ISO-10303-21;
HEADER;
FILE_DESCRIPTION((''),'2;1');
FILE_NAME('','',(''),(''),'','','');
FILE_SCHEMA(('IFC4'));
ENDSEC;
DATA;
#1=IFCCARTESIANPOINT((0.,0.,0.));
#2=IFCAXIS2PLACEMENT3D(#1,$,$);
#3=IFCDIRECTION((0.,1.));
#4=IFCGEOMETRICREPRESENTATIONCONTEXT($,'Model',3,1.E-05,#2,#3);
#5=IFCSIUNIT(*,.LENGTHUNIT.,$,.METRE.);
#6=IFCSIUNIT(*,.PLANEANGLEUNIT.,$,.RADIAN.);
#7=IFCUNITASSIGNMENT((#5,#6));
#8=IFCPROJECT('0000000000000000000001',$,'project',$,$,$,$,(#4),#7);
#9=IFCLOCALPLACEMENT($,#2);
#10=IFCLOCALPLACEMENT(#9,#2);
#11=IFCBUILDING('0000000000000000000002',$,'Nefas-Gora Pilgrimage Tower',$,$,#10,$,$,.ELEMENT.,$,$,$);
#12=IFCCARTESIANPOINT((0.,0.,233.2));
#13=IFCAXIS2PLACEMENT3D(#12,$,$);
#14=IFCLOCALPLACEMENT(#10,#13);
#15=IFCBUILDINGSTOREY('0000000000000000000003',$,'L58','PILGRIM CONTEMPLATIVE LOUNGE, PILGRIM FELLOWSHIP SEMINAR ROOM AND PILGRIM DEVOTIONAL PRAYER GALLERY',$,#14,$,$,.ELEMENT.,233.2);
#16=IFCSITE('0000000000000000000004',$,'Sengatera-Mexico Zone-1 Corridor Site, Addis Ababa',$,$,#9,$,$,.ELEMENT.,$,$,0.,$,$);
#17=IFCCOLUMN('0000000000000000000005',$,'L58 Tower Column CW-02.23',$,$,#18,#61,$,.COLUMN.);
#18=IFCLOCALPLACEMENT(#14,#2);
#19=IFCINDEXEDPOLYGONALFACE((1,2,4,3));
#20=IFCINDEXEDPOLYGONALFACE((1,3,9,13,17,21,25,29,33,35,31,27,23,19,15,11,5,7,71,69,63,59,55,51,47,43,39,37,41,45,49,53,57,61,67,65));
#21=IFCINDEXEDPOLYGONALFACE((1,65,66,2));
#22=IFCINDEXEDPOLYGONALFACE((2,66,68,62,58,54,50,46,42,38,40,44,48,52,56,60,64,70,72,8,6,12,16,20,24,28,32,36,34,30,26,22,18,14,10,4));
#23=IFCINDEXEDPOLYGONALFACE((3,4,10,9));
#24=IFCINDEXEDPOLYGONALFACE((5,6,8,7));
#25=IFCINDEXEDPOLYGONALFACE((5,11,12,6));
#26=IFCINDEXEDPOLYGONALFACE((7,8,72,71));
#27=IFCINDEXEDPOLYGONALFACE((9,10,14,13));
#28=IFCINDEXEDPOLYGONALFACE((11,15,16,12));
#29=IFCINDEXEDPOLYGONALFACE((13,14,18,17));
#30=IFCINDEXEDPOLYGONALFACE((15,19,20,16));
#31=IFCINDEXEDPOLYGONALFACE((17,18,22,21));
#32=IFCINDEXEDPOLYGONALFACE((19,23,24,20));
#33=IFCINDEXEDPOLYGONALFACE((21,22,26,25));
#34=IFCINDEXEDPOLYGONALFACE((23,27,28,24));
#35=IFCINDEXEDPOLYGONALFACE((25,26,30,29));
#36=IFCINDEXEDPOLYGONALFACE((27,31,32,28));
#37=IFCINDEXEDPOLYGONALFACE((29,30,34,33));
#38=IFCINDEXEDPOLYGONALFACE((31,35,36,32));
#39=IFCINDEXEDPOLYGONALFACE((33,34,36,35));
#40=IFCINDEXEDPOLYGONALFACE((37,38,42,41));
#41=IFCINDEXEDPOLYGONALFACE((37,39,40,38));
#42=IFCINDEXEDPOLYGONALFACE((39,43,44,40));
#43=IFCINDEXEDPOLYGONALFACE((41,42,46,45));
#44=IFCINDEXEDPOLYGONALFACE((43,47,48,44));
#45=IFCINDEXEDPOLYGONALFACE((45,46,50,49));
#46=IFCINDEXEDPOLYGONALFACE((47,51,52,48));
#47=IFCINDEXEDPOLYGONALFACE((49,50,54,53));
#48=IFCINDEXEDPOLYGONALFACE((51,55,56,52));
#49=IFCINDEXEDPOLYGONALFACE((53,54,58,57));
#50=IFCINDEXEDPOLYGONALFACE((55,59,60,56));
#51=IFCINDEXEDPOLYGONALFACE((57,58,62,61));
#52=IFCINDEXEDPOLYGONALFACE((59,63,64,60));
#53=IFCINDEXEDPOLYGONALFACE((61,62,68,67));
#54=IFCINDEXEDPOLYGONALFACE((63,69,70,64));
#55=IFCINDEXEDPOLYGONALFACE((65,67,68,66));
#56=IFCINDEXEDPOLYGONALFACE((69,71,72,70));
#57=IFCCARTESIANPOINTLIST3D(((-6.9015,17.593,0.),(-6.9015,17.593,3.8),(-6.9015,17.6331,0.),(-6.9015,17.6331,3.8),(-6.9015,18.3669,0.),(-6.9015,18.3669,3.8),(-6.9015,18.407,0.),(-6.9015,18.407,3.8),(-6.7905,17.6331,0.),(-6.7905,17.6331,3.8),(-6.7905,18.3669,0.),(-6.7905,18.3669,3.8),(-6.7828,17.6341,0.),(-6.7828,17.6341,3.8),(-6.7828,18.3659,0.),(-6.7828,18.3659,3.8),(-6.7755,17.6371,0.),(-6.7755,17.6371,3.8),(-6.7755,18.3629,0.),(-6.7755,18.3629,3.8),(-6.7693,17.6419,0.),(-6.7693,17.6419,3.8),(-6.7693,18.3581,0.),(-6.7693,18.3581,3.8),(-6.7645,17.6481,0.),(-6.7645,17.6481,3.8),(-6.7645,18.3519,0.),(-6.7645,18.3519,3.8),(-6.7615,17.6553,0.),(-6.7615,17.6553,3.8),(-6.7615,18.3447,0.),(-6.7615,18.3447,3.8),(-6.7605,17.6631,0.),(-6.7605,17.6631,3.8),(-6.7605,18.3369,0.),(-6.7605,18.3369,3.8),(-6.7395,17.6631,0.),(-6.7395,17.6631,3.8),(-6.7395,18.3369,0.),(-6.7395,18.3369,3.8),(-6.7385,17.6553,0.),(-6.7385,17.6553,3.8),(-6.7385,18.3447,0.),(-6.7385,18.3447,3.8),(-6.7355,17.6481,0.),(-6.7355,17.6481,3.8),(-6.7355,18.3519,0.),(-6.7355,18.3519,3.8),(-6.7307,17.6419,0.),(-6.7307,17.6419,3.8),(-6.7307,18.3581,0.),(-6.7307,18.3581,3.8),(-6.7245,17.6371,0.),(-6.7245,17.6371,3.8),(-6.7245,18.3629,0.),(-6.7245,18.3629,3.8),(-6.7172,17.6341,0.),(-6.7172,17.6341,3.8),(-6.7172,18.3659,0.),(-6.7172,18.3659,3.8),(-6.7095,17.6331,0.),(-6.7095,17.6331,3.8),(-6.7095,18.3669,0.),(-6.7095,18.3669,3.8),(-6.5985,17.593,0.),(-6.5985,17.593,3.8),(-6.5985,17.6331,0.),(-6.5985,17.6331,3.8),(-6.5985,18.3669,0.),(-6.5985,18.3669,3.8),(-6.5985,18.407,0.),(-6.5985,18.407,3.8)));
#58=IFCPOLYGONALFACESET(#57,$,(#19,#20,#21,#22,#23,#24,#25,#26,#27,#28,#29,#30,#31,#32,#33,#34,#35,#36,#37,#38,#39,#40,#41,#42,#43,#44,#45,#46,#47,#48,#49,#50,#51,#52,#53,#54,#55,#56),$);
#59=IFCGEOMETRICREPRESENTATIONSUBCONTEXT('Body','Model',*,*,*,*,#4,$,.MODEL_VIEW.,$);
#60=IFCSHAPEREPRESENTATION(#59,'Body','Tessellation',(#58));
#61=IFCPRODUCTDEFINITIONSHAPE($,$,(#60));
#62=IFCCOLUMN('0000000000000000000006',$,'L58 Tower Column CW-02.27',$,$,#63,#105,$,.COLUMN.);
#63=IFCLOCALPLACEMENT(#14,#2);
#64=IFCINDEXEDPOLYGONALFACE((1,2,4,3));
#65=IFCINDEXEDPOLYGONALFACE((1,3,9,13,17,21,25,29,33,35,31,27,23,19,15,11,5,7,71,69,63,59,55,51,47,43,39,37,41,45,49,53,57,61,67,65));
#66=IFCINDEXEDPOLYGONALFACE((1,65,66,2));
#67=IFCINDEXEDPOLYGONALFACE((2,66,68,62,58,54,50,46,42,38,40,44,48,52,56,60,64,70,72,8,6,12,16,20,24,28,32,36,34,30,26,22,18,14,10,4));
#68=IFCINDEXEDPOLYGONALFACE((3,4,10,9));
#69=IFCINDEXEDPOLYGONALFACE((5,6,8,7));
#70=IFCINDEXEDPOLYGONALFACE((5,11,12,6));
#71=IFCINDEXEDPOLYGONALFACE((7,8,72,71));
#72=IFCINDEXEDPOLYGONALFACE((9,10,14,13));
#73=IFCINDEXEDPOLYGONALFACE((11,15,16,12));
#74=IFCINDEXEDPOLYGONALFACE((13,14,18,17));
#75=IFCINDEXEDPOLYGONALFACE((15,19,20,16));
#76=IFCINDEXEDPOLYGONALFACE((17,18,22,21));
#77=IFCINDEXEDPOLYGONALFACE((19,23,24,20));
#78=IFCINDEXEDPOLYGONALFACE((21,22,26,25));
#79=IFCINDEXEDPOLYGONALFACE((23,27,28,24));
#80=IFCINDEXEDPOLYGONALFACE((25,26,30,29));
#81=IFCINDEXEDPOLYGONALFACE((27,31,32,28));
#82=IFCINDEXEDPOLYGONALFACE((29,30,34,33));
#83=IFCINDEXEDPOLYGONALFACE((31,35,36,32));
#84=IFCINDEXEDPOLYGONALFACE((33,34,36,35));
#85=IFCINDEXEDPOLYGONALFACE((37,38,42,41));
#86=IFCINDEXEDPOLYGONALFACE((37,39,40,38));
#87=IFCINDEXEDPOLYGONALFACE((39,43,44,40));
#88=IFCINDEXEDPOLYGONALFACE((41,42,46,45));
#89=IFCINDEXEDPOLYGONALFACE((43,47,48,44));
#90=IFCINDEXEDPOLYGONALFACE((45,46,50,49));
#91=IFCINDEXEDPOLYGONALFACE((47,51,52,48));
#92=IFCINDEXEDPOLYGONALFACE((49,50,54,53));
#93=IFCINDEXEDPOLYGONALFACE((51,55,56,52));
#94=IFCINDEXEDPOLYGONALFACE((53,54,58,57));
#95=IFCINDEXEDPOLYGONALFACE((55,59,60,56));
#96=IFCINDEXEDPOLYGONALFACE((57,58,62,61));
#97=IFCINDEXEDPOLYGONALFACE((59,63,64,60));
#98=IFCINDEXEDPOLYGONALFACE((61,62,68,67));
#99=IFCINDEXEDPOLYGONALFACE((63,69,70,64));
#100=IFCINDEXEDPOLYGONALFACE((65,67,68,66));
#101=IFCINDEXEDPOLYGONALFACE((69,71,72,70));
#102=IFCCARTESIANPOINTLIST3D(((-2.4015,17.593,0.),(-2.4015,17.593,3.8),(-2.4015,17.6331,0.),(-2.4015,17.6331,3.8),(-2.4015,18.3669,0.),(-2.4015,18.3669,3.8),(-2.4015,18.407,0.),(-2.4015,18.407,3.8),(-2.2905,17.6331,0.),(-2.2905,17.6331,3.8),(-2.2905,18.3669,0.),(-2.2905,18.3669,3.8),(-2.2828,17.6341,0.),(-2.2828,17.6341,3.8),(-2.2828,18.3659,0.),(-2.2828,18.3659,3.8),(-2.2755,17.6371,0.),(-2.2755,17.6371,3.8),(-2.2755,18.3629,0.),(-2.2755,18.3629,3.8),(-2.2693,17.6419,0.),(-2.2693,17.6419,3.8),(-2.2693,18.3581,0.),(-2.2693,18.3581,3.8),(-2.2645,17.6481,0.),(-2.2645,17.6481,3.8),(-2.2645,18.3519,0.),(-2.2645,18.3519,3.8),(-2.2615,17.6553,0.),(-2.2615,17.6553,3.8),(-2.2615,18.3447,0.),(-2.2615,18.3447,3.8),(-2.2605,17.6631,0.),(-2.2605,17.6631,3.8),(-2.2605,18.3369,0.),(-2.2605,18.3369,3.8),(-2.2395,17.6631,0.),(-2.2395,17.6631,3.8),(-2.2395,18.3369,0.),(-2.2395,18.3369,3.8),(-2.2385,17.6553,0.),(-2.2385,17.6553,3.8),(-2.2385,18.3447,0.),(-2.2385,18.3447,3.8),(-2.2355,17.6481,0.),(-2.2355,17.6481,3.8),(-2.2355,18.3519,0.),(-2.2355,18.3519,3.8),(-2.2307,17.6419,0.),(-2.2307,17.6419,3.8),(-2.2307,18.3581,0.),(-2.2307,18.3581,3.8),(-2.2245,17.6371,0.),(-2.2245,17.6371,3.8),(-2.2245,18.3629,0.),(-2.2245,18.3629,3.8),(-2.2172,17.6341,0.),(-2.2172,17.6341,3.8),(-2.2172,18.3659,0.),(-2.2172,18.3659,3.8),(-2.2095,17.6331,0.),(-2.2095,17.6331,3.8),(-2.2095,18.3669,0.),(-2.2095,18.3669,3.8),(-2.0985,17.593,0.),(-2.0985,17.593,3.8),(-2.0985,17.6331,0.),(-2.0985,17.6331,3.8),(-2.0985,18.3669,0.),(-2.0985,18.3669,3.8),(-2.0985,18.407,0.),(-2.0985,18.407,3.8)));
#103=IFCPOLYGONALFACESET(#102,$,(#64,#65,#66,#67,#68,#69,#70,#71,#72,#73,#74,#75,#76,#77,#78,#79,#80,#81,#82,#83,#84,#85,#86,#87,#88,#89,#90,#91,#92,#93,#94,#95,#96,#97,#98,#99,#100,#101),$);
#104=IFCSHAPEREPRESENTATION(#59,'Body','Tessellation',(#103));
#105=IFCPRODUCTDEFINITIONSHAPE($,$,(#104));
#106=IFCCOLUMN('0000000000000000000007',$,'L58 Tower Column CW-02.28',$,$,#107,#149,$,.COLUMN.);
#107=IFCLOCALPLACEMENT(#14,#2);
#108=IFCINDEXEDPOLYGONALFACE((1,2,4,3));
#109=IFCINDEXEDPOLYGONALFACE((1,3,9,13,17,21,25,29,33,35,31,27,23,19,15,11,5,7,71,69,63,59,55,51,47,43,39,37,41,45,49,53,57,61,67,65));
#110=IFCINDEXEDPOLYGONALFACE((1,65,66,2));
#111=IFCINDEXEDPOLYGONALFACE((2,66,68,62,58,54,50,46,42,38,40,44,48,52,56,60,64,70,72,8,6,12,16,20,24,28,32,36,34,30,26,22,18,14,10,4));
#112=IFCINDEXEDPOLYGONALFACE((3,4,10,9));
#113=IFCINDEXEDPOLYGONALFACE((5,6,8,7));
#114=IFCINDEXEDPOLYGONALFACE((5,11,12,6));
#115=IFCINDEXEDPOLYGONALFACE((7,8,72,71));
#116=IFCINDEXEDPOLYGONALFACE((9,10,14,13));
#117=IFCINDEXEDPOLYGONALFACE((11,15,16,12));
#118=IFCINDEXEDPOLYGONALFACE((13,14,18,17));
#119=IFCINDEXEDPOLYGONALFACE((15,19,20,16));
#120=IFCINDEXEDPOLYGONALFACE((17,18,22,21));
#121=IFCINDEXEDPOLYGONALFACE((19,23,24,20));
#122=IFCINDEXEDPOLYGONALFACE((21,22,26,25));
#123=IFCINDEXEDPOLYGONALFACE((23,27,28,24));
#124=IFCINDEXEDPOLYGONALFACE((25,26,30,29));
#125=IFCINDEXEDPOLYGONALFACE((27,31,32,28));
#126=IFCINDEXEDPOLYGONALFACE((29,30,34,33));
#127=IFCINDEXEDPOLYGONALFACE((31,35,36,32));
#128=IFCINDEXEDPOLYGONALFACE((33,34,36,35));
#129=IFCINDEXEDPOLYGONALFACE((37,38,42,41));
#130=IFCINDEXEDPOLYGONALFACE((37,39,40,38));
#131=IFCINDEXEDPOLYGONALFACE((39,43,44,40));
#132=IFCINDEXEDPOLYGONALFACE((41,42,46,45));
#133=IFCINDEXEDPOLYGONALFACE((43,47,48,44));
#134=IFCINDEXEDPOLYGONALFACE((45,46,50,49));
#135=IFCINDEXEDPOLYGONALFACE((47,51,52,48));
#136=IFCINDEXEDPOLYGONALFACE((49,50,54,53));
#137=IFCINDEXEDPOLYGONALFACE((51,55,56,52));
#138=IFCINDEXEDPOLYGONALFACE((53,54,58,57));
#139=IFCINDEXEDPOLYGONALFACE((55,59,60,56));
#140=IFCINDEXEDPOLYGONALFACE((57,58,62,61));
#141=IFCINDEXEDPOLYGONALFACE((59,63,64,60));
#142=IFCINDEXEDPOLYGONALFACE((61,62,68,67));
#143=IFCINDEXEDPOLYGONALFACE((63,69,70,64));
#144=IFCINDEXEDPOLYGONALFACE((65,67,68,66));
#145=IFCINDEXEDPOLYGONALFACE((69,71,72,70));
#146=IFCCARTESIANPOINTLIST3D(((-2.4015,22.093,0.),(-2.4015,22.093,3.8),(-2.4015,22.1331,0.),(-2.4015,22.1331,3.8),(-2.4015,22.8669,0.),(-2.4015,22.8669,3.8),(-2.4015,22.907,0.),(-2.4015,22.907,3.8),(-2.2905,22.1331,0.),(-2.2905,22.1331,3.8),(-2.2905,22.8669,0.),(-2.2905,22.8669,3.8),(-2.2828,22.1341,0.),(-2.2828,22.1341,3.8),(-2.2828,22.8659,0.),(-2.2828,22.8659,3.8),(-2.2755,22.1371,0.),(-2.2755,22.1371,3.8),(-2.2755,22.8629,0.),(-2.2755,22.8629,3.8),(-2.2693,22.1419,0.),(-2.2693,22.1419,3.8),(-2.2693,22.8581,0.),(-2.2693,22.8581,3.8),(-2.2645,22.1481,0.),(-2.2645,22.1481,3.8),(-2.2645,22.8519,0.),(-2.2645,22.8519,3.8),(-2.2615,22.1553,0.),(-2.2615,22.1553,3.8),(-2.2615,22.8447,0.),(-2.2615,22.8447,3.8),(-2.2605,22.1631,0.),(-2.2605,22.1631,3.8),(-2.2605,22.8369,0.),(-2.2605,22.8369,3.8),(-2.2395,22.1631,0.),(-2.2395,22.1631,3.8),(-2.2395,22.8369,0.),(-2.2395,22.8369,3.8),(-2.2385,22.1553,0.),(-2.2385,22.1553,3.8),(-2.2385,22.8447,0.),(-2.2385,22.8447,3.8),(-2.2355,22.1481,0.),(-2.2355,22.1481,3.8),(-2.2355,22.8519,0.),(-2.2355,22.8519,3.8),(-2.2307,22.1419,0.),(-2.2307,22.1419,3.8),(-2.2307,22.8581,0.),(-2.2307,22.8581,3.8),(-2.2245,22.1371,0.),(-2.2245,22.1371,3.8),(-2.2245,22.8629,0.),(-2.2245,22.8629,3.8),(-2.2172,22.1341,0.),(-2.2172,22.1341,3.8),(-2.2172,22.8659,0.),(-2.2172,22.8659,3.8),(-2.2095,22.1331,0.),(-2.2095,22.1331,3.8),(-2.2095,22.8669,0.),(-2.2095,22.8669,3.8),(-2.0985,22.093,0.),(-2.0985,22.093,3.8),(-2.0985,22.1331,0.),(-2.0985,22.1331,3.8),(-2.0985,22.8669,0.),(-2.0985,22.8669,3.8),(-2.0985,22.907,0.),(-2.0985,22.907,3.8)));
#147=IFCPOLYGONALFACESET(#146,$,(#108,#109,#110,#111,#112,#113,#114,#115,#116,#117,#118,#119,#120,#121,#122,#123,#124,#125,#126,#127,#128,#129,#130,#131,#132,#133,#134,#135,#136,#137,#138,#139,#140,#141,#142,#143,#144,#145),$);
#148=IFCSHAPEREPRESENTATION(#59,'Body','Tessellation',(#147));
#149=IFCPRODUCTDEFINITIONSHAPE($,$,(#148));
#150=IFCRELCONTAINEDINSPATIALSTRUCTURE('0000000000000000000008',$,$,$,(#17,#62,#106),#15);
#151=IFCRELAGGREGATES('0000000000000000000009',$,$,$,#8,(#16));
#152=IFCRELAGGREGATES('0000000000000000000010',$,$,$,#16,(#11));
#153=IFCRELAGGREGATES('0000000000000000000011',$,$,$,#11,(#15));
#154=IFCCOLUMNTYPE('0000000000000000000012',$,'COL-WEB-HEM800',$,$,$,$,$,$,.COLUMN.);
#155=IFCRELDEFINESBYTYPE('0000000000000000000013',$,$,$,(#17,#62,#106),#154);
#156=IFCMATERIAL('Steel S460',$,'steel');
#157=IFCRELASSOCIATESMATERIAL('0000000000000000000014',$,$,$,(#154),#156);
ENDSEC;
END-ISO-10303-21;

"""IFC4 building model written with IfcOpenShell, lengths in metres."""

from ifc_helpers import new_model, si_unit, direction, frame, origin, origin_2d, place, context, subcontext, project, spatial, i_section, extrude, source, transform, mapped, material, material_profile, profile_set, type_object, element, save


model = new_model("IFC4")

# Units and contexts
model_context = context("Model", 3, precision=1e-05, world=origin(), true_north=direction((0.0, 1.0)))
body_context = subcontext(model_context, "Body", "Model", "MODEL_VIEW")
ifc_project = project(units=[si_unit("LENGTHUNIT", "METRE"), si_unit("PLANEANGLEUNIT", "RADIAN")], contexts=[model_context])

# Site, building, storey
site_placement = place(None, origin())
site = spatial("IfcSite", under=ifc_project, at=site_placement, Name="Sengatera-Mexico Zone-1 Corridor Site, Addis Ababa", CompositionType="ELEMENT", RefElevation=0.0)
building_placement = place(site_placement, origin())
building = spatial("IfcBuilding", under=site, at=building_placement, Name="Nefas-Gora Pilgrimage Tower", CompositionType="ELEMENT")
storey_placement = place(building_placement, frame((0.0, 0.0, 233.2)))
storey = spatial("IfcBuildingStorey", under=building, at=storey_placement, Name="L58", Description="PILGRIM CONTEMPLATIVE LOUNGE, PILGRIM FELLOWSHIP SEMINAR ROOM AND PILGRIM DEVOTIONAL PRAYER GALLERY", CompositionType="ELEMENT", Elevation=233.2)

# Columns
ifc_material_1 = material(Name="Steel S460", Category="steel")
ifc_material_profile_1 = material_profile(ifc_material_1, i_section(OverallWidth=0.303, OverallDepth=0.814, WebThickness=0.021, FlangeThickness=0.04, FilletRadius=0.03, at=origin_2d()), Name="HEM 800")
ifc_profile_set_1 = profile_set([ifc_material_profile_1], Name="Steel S460")
column_type_1 = type_object("IfcColumnType", Name="COL-WEB-HEM800", PredefinedType="COLUMN", material=ifc_profile_set_1)
shared_shape_1 = source(origin(), body_context, "Body", "SweptSolid", [
    extrude(i_section(OverallWidth=0.303, OverallDepth=0.814, WebThickness=0.021, FlangeThickness=0.04, FilletRadius=0.03, at=origin_2d()), origin(), (0.0, 0.0, 1.0), 3.8),
])
for number, where, z_axis, x_axis, name in (
    (1, (-6.75, 18.0, 0.0), (0.0, 0.0, 1.0), (1.0, 0.0, 0.0), "L58 Tower Column CW-02.23"),
    (2, (-2.25, 18.0, 0.0), (0.0, 0.0, 1.0), (1.0, 0.0, 0.0), "L58 Tower Column CW-02.27"),
    (3, (-2.25, 22.5, 0.0), (0.0, 0.0, 1.0), (1.0, 0.0, 0.0), "L58 Tower Column CW-02.28"),
):
    element("IfcColumn", number, at=place(storey_placement, frame(where, z_axis=z_axis, x_axis=x_axis)), inside=storey, type_object=column_type_1, Name=name, PredefinedType="COLUMN", context=body_context, shape_type="MappedRepresentation", body=[
        mapped(shared_shape_1, transform((0.0, 0.0, 0.0), x_axis=(1.0, 0.0, 0.0), y_axis=(0.0, 1.0, 0.0), z_axis=(0.0, 0.0, 1.0), scale=1.0)),
    ])

save(model, "model.ifc")
